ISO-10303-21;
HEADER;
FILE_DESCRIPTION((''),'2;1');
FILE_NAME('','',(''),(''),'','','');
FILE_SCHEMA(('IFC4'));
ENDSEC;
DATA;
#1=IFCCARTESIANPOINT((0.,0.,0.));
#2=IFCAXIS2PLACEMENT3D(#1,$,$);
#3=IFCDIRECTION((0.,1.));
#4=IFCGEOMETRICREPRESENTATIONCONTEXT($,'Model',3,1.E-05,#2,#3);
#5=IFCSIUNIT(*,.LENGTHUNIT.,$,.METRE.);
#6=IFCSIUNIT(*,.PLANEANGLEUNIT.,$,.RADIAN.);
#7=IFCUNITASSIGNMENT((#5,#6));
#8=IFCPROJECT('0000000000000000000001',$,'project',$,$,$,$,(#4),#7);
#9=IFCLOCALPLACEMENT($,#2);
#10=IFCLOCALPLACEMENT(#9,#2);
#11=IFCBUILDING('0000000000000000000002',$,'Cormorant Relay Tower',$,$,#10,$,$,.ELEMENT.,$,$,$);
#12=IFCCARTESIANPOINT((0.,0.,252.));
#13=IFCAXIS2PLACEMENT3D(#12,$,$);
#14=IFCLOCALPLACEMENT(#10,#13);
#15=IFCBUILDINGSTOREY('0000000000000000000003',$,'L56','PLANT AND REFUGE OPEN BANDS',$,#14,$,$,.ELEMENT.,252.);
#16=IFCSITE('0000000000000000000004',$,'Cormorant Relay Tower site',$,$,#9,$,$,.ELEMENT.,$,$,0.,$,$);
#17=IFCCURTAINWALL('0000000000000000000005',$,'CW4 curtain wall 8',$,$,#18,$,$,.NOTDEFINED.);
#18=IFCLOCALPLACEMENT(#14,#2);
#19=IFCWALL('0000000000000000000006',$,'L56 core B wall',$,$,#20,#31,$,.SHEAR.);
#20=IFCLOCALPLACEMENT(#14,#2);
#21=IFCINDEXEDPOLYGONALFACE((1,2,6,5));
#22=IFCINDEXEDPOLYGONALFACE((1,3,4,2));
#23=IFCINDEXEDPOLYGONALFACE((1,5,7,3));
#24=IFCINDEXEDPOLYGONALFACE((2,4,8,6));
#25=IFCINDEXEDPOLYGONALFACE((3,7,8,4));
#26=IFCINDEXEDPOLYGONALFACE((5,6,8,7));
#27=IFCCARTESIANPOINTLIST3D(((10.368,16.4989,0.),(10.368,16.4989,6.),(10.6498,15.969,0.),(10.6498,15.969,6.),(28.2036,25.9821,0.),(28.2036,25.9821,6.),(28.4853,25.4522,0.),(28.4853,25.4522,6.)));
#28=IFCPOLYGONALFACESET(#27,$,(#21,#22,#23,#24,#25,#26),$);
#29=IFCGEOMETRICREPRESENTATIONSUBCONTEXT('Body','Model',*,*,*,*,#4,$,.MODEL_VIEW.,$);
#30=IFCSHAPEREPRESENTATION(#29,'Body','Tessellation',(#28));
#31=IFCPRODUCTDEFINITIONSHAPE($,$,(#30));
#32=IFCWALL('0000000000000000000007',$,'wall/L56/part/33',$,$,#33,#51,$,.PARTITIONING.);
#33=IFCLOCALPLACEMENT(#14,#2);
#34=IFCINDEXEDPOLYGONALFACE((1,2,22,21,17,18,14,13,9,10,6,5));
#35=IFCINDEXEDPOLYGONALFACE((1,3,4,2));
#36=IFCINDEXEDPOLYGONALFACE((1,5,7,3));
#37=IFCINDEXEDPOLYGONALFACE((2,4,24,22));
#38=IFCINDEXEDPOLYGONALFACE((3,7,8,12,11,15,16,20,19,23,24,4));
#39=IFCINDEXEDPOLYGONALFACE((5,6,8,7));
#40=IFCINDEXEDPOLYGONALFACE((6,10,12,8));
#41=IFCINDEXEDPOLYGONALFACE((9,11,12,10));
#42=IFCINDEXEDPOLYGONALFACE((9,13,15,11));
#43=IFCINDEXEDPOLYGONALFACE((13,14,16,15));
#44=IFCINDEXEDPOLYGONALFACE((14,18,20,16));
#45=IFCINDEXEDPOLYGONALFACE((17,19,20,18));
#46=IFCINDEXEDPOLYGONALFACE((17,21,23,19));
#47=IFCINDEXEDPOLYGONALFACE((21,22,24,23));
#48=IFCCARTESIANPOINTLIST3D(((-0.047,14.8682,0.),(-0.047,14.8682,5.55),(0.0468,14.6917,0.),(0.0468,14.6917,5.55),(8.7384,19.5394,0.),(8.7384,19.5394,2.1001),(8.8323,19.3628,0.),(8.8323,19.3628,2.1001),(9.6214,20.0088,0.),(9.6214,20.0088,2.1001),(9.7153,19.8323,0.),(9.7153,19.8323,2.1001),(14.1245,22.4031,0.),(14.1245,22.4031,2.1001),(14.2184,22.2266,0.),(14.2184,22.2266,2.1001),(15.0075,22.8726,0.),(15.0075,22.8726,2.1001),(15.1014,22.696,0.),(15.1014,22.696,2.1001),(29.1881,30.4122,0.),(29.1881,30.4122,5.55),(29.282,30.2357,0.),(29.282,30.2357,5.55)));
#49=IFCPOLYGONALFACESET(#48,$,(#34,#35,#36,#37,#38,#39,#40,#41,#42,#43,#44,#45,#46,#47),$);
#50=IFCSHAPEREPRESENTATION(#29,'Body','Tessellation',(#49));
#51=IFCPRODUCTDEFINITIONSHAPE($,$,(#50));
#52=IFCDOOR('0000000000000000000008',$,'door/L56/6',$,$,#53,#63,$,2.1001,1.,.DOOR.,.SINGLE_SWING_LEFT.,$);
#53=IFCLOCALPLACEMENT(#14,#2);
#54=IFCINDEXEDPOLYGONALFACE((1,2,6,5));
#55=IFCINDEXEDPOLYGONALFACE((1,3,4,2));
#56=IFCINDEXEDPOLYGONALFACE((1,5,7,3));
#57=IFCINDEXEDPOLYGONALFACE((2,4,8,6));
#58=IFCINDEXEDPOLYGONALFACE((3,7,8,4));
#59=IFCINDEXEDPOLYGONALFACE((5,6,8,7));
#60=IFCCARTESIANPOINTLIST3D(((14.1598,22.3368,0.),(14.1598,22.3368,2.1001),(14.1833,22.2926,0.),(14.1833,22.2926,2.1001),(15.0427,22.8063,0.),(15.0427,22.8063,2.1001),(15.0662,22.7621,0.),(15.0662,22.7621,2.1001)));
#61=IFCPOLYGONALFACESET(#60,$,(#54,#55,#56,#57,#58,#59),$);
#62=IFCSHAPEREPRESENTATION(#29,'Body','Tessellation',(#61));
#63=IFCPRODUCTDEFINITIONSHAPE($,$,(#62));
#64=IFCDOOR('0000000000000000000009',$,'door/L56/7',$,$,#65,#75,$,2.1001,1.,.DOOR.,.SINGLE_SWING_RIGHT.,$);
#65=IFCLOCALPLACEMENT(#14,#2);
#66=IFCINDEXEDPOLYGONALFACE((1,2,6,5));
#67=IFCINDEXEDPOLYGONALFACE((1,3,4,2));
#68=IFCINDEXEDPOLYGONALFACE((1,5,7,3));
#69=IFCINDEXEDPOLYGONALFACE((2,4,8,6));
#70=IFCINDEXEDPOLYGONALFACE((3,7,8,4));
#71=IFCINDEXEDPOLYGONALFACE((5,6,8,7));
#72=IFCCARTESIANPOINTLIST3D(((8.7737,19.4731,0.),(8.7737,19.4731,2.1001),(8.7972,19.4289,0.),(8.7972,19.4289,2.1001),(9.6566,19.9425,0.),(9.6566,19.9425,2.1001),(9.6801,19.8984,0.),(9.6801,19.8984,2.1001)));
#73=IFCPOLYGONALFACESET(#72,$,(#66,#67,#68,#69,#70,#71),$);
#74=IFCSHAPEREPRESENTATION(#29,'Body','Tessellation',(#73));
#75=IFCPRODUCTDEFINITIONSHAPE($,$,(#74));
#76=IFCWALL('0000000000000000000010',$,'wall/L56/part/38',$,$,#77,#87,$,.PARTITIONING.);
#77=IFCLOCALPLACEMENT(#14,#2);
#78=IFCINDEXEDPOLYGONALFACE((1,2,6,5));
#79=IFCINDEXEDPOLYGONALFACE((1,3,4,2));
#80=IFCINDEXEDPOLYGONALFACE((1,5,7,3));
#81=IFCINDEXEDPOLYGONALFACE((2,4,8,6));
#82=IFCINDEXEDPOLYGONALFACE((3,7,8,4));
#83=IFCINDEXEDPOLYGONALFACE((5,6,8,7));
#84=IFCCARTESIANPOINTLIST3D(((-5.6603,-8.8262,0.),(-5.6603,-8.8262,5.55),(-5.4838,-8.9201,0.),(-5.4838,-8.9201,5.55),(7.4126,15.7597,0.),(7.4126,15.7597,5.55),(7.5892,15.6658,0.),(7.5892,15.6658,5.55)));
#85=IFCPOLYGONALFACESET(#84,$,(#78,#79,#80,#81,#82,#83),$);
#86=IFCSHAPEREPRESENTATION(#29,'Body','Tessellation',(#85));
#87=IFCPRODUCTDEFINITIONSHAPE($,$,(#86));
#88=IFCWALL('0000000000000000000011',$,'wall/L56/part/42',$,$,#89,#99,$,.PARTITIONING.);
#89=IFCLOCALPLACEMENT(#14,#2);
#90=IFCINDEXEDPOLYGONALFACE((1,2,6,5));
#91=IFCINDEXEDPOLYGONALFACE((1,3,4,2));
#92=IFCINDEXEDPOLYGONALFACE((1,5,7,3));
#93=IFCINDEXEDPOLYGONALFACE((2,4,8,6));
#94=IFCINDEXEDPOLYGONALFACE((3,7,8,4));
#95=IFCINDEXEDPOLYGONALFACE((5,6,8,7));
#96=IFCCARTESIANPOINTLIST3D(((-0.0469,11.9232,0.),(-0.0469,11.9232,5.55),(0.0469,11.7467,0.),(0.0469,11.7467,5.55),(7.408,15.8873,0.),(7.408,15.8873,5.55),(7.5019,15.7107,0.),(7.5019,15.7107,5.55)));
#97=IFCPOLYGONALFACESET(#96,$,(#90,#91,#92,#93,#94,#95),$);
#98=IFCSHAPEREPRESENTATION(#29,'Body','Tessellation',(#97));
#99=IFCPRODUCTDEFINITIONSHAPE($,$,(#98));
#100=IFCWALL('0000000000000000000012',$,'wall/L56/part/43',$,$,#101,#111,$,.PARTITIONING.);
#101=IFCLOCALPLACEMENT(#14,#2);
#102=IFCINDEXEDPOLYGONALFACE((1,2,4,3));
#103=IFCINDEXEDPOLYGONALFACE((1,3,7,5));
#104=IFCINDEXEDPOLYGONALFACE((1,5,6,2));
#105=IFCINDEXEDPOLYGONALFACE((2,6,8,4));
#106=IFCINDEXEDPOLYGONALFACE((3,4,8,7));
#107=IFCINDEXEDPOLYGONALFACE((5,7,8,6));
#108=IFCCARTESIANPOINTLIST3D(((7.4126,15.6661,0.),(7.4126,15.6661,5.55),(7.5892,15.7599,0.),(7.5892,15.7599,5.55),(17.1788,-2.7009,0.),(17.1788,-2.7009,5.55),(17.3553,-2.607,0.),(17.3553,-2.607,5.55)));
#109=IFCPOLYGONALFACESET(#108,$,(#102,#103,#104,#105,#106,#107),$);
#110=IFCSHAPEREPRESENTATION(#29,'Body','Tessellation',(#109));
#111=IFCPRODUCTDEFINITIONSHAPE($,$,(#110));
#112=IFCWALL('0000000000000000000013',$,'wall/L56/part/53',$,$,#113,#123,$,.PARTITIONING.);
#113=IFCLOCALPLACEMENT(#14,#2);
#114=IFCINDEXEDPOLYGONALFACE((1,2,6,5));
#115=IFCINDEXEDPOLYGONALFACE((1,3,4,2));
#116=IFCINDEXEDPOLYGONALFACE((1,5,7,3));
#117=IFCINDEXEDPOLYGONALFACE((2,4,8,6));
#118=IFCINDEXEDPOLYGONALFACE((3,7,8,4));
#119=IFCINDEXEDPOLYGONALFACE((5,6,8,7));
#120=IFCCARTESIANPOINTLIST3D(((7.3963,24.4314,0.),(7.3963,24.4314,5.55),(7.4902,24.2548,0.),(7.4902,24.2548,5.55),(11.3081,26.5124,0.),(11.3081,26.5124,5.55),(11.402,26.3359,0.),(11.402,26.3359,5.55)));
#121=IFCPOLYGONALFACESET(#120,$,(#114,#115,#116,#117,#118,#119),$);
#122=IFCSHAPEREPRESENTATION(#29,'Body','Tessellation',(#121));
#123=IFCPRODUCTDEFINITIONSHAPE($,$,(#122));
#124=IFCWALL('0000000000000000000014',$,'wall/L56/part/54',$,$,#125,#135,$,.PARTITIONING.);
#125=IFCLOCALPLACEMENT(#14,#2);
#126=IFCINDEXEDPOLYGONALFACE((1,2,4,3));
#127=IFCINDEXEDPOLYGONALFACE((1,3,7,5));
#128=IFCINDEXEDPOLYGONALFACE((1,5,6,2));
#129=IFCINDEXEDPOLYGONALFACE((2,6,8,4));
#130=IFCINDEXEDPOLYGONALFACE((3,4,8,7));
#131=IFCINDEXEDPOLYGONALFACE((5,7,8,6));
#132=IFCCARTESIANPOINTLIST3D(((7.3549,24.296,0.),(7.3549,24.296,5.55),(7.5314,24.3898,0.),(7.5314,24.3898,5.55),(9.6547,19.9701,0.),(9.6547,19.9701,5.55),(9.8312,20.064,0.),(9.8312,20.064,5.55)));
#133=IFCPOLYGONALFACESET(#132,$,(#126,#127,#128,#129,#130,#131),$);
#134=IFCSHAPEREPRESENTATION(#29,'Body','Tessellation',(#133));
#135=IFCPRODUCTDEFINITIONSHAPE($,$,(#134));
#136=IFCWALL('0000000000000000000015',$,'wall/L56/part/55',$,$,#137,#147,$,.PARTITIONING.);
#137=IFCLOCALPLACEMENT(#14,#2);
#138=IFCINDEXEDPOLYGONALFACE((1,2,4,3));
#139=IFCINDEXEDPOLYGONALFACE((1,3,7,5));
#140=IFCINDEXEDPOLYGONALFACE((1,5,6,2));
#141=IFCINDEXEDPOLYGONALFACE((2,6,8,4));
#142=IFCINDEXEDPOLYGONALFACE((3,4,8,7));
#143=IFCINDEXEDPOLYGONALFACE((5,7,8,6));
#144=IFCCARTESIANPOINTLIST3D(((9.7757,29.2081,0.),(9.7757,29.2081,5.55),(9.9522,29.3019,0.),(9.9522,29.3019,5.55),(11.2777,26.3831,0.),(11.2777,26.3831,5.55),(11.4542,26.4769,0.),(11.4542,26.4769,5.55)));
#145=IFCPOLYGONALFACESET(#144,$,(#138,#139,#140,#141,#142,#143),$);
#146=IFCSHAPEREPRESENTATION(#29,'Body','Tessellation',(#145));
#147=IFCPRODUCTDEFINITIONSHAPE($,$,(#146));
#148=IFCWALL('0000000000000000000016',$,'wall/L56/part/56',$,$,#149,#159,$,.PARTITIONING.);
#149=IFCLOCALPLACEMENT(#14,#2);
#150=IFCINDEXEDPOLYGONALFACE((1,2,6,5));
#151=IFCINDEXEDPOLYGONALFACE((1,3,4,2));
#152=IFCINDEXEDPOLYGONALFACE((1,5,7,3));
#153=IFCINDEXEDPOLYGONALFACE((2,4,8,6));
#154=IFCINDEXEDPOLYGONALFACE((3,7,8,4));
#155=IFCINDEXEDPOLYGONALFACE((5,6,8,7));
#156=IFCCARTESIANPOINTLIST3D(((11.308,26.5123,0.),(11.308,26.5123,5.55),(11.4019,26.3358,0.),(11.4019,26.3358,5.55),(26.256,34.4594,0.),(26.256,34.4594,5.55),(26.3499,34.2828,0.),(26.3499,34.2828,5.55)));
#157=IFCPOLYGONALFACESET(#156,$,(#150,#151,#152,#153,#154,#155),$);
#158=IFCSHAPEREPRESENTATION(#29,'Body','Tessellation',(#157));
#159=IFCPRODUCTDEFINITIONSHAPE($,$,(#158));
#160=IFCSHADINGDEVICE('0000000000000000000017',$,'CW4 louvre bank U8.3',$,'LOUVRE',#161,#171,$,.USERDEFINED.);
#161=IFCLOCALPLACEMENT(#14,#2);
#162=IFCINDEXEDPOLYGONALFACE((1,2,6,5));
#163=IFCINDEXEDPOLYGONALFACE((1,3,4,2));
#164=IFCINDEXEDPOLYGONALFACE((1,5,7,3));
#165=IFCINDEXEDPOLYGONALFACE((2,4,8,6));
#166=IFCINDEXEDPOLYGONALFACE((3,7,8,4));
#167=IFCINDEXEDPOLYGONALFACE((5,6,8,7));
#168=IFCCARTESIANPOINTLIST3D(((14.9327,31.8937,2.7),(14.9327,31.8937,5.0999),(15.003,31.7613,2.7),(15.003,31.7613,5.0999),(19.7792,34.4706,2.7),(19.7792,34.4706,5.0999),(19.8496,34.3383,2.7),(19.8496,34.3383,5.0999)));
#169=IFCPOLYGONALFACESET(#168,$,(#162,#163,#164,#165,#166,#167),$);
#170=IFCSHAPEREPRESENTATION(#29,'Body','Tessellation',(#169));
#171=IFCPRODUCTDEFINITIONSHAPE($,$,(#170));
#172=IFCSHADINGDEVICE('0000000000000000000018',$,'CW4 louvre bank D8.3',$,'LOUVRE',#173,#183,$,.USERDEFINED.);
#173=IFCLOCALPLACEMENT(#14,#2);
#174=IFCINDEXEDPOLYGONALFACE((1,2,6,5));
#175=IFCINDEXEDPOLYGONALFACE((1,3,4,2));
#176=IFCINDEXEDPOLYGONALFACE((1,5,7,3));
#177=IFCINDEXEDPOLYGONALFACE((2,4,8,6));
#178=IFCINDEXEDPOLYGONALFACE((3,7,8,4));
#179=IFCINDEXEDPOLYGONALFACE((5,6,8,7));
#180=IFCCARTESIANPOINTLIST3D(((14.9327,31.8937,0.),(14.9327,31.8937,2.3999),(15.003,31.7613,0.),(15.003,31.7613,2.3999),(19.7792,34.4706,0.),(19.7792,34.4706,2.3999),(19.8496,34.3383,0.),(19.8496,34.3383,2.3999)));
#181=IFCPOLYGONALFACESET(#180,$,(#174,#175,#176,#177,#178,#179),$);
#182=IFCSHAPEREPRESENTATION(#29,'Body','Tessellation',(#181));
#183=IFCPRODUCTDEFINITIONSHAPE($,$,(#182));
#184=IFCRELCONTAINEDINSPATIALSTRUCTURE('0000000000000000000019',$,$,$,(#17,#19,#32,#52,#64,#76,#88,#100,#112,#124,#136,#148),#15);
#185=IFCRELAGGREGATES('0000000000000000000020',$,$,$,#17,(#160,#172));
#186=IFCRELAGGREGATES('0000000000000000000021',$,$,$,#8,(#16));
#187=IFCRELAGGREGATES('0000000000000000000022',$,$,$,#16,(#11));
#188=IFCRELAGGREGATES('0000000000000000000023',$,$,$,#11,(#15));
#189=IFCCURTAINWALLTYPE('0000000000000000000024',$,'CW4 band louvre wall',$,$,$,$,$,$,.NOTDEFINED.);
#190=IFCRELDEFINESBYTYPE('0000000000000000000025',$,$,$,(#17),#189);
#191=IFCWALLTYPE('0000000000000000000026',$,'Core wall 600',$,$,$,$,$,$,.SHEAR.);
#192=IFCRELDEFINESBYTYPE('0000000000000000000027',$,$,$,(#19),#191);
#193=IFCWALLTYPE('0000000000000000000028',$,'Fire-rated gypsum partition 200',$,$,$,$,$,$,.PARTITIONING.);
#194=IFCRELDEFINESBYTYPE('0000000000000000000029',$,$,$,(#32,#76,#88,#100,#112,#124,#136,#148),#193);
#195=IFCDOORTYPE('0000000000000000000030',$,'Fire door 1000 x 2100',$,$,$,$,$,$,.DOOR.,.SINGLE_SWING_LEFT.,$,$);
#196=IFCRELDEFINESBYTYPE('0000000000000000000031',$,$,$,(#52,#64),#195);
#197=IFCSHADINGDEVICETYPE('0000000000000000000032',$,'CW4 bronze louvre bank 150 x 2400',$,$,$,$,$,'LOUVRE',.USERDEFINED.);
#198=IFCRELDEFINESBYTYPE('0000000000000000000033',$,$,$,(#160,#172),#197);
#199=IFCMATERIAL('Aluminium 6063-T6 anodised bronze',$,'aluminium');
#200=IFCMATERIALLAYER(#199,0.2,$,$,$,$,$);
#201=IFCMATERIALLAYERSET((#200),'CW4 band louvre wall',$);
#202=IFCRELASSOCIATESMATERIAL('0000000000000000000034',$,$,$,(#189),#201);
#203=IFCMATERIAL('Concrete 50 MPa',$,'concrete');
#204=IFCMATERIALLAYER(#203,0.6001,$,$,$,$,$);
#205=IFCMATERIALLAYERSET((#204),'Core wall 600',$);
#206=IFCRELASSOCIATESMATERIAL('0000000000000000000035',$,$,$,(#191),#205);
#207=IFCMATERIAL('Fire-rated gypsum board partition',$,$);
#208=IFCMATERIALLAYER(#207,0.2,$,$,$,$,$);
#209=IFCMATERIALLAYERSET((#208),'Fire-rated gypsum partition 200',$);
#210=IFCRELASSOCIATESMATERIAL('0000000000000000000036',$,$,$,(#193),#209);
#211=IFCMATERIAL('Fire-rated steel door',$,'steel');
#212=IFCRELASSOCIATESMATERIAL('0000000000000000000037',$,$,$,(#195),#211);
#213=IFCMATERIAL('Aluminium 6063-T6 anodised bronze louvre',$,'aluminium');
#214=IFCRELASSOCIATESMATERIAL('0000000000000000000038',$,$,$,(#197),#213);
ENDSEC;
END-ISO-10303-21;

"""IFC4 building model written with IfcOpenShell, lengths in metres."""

from ifc_helpers import new_model, si_unit, direction, frame, frame_2d, origin, origin_2d, place, context, subcontext, project, spatial, rectangle, extrude, material, layer, layer_set, type_object, element, fill, aggregate, save


model = new_model("IFC4")

# Units and contexts
model_context = context("Model", 3, precision=1e-05, world=origin(), true_north=direction((0.0, 1.0)))
body_context = subcontext(model_context, "Body", "Model", "MODEL_VIEW")
ifc_project = project(units=[si_unit("LENGTHUNIT", "METRE"), si_unit("PLANEANGLEUNIT", "RADIAN")], contexts=[model_context])

# Site, building, storey
site_placement = place(None, origin())
site = spatial("IfcSite", under=ifc_project, at=site_placement, Name="Cormorant Relay Tower site", CompositionType="ELEMENT", RefElevation=0.0)
building_placement = place(site_placement, origin())
building = spatial("IfcBuilding", under=site, at=building_placement, Name="Cormorant Relay Tower", CompositionType="ELEMENT")
storey_placement = place(building_placement, frame((0.0, 0.0, 252.0)))
storey = spatial("IfcBuildingStorey", under=building, at=storey_placement, Name="L56", Description="PLANT AND REFUGE OPEN BANDS", CompositionType="ELEMENT", Elevation=252.0)

# Curtain wall
ifc_material_1 = material(Name="Aluminium 6063-T6 anodised bronze", Category="aluminium")
ifc_layer_1 = layer(ifc_material_1, 0.2)
ifc_layer_set_1 = layer_set([ifc_layer_1], Name="CW4 band louvre wall")
curtain_wall_type = type_object("IfcCurtainWallType", Name="CW4 band louvre wall", PredefinedType="NOTDEFINED", material=ifc_layer_set_1)
curtain_wall_1_placement = place(storey_placement, origin())
curtain_wall_1 = element("IfcCurtainWall", 1, at=curtain_wall_1_placement, inside=storey, type_object=curtain_wall_type, Name="CW4 curtain wall 8", PredefinedType="NOTDEFINED")

# Wall
ifc_material_2 = material(Name="Concrete 50 MPa", Category="concrete")
ifc_layer_2 = layer(ifc_material_2, 0.6001)
ifc_layer_set_2 = layer_set([ifc_layer_2], Name="Core wall 600")
wall_type_1 = type_object("IfcWallType", Name="Core wall 600", PredefinedType="SHEAR", material=ifc_layer_set_2)
wall_1_placement = place(storey_placement, frame((10.5088, 16.2339, 0.0), z_axis=(0.0, 0.0, 1.0), x_axis=(0.88295, 0.469467, 0.0)))
element("IfcWall", 2, at=wall_1_placement, inside=storey, type_object=wall_type_1, Name="L56 core B wall", PredefinedType="SHEAR", context=body_context, shape_type="SweptSolid", body=[
    extrude(rectangle(XDim=20.2, YDim=0.6001, at=frame_2d((10.1001, 0.0))), origin(), (0.0, 0.0, 1.0), 6.0),
])

# Wall, openings, doors
ifc_material_3 = material(Name="Fire-rated gypsum board partition")
ifc_layer_3 = layer(ifc_material_3, 0.2)
ifc_layer_set_3 = layer_set([ifc_layer_3], Name="Fire-rated gypsum partition 200")
wall_type_2 = type_object("IfcWallType", Name="Fire-rated gypsum partition 200", PredefinedType="PARTITIONING", material=ifc_layer_set_3)
wall_2_placement = place(storey_placement, frame((0.0, 14.78, 0.0), z_axis=(0.0, 0.0, 1.0), x_axis=(0.882956, 0.469457, 0.0)))
wall_2 = element("IfcWall", 3, at=wall_2_placement, inside=storey, type_object=wall_type_2, Name="wall/L56/part/33", PredefinedType="PARTITIONING", context=body_context, shape_type="SweptSolid", body=[
    extrude(rectangle(XDim=33.1106, YDim=0.2, at=frame_2d((16.5552, 0.0))), origin(), (0.0, 0.0, 1.0), 5.55),
])
opening_1_placement = place(wall_2_placement, frame((16.05, 0.0, 0.0)))
opening_1 = element("IfcOpeningElement", 4, at=opening_1_placement, cuts=wall_2, PredefinedType="OPENING", context=body_context, shape_type="SweptSolid", body=[
    extrude(rectangle(XDim=1.0, YDim=2.1001, at=frame_2d((0.5, 1.05))), frame((0.0, 0.1099, 0.0), z_axis=(0.0, -1.0, 0.0), x_axis=(1.0, 0.0, 0.0)), (0.0, 0.0, 1.0), 0.22),
])
opening_2_placement = place(wall_2_placement, frame((9.95, 0.0, 0.0)))
opening_2 = element("IfcOpeningElement", 5, at=opening_2_placement, cuts=wall_2, PredefinedType="OPENING", context=body_context, shape_type="SweptSolid", body=[
    extrude(rectangle(XDim=1.0, YDim=2.1001, at=frame_2d((0.5, 1.05))), frame((0.0, 0.1099, 0.0), z_axis=(0.0, -1.0, 0.0), x_axis=(1.0, 0.0, 0.0)), (0.0, 0.0, 1.0), 0.22),
])
ifc_material_4 = material(Name="Fire-rated steel door", Category="steel")
door_type_1 = type_object("IfcDoorType", Name="Fire door 1000 x 2100", OperationType="SINGLE_SWING_LEFT", PredefinedType="DOOR", material=ifc_material_4)
door_1_placement = place(opening_1_placement, origin())
door_1 = element("IfcDoor", 6, at=door_1_placement, inside=storey, type_object=door_type_1, Name="door/L56/6", OperationType="SINGLE_SWING_LEFT", OverallHeight=2.1001, OverallWidth=1.0, PredefinedType="DOOR", context=body_context, shape_type="SweptSolid", body=[
    extrude(rectangle(XDim=1.0, YDim=2.1001, at=frame_2d((0.5, 1.05))), frame((0.0, 0.0249, 0.0), z_axis=(0.0, -1.0, 0.0), x_axis=(1.0, 0.0, 0.0)), (0.0, 0.0, 1.0), 0.05),
])
fill(opening_1, door_1)
door_2_placement = place(opening_2_placement, origin())
door_2 = element("IfcDoor", 7, at=door_2_placement, inside=storey, type_object=door_type_1, Name="door/L56/7", OperationType="SINGLE_SWING_RIGHT", OverallHeight=2.1001, OverallWidth=1.0, PredefinedType="DOOR", context=body_context, shape_type="SweptSolid", body=[
    extrude(rectangle(XDim=1.0, YDim=2.1001, at=frame_2d((0.5, 1.05))), frame((0.0, 0.0249, 0.0), z_axis=(0.0, -1.0, 0.0), x_axis=(1.0, 0.0, 0.0)), (0.0, 0.0, 1.0), 0.05),
])
fill(opening_2, door_2)

# Walls
wall_3_placement = place(storey_placement, frame((7.501, 15.7129, 0.0), z_axis=(0.0, 0.0, 1.0), x_axis=(-0.469483, -0.882941, 0.0)))
element("IfcWall", 8, at=wall_3_placement, inside=storey, type_object=wall_type_2, Name="wall/L56/part/38", PredefinedType="PARTITIONING", context=body_context, shape_type="SweptSolid", body=[
    extrude(rectangle(XDim=27.8455, YDim=0.2, at=frame_2d((13.9229, 0.0))), origin(), (0.0, 0.0, 1.0), 5.55),
])
wall_4_placement = place(storey_placement, frame((0.0, 11.835, 0.0), z_axis=(0.0, 0.0, 1.0), x_axis=(0.882939, 0.469488, 0.0)))
element("IfcWall", 9, at=wall_4_placement, inside=storey, type_object=wall_type_2, Name="wall/L56/part/42", PredefinedType="PARTITIONING", context=body_context, shape_type="SweptSolid", body=[
    extrude(rectangle(XDim=8.4434, YDim=0.2, at=frame_2d((4.2217, 0.0))), origin(), (0.0, 0.0, 1.0), 5.55),
])
wall_5_placement = place(storey_placement, frame((7.501, 15.7129, 0.0), z_axis=(0.0, 0.0, 1.0), x_axis=(0.46948, -0.882943, 0.0)))
element("IfcWall", 10, at=wall_5_placement, inside=storey, type_object=wall_type_2, Name="wall/L56/part/43", PredefinedType="PARTITIONING", context=body_context, shape_type="SweptSolid", body=[
    extrude(rectangle(XDim=20.802, YDim=0.2, at=frame_2d((10.4009, 0.0))), origin(), (0.0, 0.0, 1.0), 5.55),
])
wall_6_placement = place(storey_placement, frame((11.355, 26.4241, 0.0), z_axis=(0.0, 0.0, 1.0), x_axis=(-0.882847, -0.469661, 0.0)))
element("IfcWall", 11, at=wall_6_placement, inside=storey, type_object=wall_type_2, Name="wall/L56/part/53", PredefinedType="PARTITIONING", context=body_context, shape_type="SweptSolid", body=[
    extrude(rectangle(XDim=4.4309, YDim=0.2, at=frame_2d((2.2153, 0.0))), origin(), (0.0, 0.0, 1.0), 5.55),
])
wall_7_placement = place(storey_placement, frame((7.4431, 24.343, 0.0), z_axis=(0.0, 0.0, 1.0), x_axis=(0.469419, -0.882976, 0.0)))
element("IfcWall", 12, at=wall_7_placement, inside=storey, type_object=wall_type_2, Name="wall/L56/part/54", PredefinedType="PARTITIONING", context=body_context, shape_type="SweptSolid", body=[
    extrude(rectangle(XDim=4.8992, YDim=0.2, at=frame_2d((2.4497, 0.0))), origin(), (0.0, 0.0, 1.0), 5.55),
])
wall_8_placement = place(storey_placement, frame((9.864, 29.2549, 0.0), z_axis=(0.0, 0.0, 1.0), x_axis=(0.469447, -0.882961, 0.0)))
element("IfcWall", 13, at=wall_8_placement, inside=storey, type_object=wall_type_2, Name="wall/L56/part/55", PredefinedType="PARTITIONING", context=body_context, shape_type="SweptSolid", body=[
    extrude(rectangle(XDim=3.1995, YDim=0.2, at=frame_2d((1.5996, 0.0))), origin(), (0.0, 0.0, 1.0), 5.55),
])
wall_9_placement = place(storey_placement, frame((11.355, 26.4241, 0.0), z_axis=(0.0, 0.0, 1.0), x_axis=(0.882971, 0.469427, 0.0)))
element("IfcWall", 14, at=wall_9_placement, inside=storey, type_object=wall_type_2, Name="wall/L56/part/56", PredefinedType="PARTITIONING", context=body_context, shape_type="SweptSolid", body=[
    extrude(rectangle(XDim=16.9292, YDim=0.2, at=frame_2d((8.4646, 0.0))), origin(), (0.0, 0.0, 1.0), 5.55),
])

# Shading devices
ifc_material_5 = material(Name="Aluminium 6063-T6 anodised bronze louvre", Category="aluminium")
shading_device_type = type_object("IfcShadingDeviceType", Name="CW4 bronze louvre bank 150 x 2400", ElementType="LOUVRE", PredefinedType="USERDEFINED", material=ifc_material_5)
shading_device_1_placement = place(storey_placement, frame((17.3911, 33.116, 2.7), z_axis=(0.0, 0.0, 1.0), x_axis=(-0.882948, -0.469472, 0.0)))
shading_device_1 = element("IfcShadingDevice", 15, at=shading_device_1_placement, type_object=shading_device_type, Name="CW4 louvre bank U8.3", ObjectType="LOUVRE", PredefinedType="USERDEFINED", context=body_context, shape_type="SweptSolid", body=[
    extrude(rectangle(XDim=5.489, YDim=0.1499, at=origin_2d()), origin(), (0.0, 0.0, 1.0), 2.3999),
])
shading_device_2_placement = place(storey_placement, frame((17.3911, 33.116, 0.0), z_axis=(0.0, 0.0, 1.0), x_axis=(-0.882948, -0.469472, 0.0)))
shading_device_2 = element("IfcShadingDevice", 16, at=shading_device_2_placement, type_object=shading_device_type, Name="CW4 louvre bank D8.3", ObjectType="LOUVRE", PredefinedType="USERDEFINED", context=body_context, shape_type="SweptSolid", body=[
    extrude(rectangle(XDim=5.489, YDim=0.1499, at=origin_2d()), origin(), (0.0, 0.0, 1.0), 2.3999),
])
aggregate(curtain_wall_1, [shading_device_1, shading_device_2])

save(model, "model.ifc")
